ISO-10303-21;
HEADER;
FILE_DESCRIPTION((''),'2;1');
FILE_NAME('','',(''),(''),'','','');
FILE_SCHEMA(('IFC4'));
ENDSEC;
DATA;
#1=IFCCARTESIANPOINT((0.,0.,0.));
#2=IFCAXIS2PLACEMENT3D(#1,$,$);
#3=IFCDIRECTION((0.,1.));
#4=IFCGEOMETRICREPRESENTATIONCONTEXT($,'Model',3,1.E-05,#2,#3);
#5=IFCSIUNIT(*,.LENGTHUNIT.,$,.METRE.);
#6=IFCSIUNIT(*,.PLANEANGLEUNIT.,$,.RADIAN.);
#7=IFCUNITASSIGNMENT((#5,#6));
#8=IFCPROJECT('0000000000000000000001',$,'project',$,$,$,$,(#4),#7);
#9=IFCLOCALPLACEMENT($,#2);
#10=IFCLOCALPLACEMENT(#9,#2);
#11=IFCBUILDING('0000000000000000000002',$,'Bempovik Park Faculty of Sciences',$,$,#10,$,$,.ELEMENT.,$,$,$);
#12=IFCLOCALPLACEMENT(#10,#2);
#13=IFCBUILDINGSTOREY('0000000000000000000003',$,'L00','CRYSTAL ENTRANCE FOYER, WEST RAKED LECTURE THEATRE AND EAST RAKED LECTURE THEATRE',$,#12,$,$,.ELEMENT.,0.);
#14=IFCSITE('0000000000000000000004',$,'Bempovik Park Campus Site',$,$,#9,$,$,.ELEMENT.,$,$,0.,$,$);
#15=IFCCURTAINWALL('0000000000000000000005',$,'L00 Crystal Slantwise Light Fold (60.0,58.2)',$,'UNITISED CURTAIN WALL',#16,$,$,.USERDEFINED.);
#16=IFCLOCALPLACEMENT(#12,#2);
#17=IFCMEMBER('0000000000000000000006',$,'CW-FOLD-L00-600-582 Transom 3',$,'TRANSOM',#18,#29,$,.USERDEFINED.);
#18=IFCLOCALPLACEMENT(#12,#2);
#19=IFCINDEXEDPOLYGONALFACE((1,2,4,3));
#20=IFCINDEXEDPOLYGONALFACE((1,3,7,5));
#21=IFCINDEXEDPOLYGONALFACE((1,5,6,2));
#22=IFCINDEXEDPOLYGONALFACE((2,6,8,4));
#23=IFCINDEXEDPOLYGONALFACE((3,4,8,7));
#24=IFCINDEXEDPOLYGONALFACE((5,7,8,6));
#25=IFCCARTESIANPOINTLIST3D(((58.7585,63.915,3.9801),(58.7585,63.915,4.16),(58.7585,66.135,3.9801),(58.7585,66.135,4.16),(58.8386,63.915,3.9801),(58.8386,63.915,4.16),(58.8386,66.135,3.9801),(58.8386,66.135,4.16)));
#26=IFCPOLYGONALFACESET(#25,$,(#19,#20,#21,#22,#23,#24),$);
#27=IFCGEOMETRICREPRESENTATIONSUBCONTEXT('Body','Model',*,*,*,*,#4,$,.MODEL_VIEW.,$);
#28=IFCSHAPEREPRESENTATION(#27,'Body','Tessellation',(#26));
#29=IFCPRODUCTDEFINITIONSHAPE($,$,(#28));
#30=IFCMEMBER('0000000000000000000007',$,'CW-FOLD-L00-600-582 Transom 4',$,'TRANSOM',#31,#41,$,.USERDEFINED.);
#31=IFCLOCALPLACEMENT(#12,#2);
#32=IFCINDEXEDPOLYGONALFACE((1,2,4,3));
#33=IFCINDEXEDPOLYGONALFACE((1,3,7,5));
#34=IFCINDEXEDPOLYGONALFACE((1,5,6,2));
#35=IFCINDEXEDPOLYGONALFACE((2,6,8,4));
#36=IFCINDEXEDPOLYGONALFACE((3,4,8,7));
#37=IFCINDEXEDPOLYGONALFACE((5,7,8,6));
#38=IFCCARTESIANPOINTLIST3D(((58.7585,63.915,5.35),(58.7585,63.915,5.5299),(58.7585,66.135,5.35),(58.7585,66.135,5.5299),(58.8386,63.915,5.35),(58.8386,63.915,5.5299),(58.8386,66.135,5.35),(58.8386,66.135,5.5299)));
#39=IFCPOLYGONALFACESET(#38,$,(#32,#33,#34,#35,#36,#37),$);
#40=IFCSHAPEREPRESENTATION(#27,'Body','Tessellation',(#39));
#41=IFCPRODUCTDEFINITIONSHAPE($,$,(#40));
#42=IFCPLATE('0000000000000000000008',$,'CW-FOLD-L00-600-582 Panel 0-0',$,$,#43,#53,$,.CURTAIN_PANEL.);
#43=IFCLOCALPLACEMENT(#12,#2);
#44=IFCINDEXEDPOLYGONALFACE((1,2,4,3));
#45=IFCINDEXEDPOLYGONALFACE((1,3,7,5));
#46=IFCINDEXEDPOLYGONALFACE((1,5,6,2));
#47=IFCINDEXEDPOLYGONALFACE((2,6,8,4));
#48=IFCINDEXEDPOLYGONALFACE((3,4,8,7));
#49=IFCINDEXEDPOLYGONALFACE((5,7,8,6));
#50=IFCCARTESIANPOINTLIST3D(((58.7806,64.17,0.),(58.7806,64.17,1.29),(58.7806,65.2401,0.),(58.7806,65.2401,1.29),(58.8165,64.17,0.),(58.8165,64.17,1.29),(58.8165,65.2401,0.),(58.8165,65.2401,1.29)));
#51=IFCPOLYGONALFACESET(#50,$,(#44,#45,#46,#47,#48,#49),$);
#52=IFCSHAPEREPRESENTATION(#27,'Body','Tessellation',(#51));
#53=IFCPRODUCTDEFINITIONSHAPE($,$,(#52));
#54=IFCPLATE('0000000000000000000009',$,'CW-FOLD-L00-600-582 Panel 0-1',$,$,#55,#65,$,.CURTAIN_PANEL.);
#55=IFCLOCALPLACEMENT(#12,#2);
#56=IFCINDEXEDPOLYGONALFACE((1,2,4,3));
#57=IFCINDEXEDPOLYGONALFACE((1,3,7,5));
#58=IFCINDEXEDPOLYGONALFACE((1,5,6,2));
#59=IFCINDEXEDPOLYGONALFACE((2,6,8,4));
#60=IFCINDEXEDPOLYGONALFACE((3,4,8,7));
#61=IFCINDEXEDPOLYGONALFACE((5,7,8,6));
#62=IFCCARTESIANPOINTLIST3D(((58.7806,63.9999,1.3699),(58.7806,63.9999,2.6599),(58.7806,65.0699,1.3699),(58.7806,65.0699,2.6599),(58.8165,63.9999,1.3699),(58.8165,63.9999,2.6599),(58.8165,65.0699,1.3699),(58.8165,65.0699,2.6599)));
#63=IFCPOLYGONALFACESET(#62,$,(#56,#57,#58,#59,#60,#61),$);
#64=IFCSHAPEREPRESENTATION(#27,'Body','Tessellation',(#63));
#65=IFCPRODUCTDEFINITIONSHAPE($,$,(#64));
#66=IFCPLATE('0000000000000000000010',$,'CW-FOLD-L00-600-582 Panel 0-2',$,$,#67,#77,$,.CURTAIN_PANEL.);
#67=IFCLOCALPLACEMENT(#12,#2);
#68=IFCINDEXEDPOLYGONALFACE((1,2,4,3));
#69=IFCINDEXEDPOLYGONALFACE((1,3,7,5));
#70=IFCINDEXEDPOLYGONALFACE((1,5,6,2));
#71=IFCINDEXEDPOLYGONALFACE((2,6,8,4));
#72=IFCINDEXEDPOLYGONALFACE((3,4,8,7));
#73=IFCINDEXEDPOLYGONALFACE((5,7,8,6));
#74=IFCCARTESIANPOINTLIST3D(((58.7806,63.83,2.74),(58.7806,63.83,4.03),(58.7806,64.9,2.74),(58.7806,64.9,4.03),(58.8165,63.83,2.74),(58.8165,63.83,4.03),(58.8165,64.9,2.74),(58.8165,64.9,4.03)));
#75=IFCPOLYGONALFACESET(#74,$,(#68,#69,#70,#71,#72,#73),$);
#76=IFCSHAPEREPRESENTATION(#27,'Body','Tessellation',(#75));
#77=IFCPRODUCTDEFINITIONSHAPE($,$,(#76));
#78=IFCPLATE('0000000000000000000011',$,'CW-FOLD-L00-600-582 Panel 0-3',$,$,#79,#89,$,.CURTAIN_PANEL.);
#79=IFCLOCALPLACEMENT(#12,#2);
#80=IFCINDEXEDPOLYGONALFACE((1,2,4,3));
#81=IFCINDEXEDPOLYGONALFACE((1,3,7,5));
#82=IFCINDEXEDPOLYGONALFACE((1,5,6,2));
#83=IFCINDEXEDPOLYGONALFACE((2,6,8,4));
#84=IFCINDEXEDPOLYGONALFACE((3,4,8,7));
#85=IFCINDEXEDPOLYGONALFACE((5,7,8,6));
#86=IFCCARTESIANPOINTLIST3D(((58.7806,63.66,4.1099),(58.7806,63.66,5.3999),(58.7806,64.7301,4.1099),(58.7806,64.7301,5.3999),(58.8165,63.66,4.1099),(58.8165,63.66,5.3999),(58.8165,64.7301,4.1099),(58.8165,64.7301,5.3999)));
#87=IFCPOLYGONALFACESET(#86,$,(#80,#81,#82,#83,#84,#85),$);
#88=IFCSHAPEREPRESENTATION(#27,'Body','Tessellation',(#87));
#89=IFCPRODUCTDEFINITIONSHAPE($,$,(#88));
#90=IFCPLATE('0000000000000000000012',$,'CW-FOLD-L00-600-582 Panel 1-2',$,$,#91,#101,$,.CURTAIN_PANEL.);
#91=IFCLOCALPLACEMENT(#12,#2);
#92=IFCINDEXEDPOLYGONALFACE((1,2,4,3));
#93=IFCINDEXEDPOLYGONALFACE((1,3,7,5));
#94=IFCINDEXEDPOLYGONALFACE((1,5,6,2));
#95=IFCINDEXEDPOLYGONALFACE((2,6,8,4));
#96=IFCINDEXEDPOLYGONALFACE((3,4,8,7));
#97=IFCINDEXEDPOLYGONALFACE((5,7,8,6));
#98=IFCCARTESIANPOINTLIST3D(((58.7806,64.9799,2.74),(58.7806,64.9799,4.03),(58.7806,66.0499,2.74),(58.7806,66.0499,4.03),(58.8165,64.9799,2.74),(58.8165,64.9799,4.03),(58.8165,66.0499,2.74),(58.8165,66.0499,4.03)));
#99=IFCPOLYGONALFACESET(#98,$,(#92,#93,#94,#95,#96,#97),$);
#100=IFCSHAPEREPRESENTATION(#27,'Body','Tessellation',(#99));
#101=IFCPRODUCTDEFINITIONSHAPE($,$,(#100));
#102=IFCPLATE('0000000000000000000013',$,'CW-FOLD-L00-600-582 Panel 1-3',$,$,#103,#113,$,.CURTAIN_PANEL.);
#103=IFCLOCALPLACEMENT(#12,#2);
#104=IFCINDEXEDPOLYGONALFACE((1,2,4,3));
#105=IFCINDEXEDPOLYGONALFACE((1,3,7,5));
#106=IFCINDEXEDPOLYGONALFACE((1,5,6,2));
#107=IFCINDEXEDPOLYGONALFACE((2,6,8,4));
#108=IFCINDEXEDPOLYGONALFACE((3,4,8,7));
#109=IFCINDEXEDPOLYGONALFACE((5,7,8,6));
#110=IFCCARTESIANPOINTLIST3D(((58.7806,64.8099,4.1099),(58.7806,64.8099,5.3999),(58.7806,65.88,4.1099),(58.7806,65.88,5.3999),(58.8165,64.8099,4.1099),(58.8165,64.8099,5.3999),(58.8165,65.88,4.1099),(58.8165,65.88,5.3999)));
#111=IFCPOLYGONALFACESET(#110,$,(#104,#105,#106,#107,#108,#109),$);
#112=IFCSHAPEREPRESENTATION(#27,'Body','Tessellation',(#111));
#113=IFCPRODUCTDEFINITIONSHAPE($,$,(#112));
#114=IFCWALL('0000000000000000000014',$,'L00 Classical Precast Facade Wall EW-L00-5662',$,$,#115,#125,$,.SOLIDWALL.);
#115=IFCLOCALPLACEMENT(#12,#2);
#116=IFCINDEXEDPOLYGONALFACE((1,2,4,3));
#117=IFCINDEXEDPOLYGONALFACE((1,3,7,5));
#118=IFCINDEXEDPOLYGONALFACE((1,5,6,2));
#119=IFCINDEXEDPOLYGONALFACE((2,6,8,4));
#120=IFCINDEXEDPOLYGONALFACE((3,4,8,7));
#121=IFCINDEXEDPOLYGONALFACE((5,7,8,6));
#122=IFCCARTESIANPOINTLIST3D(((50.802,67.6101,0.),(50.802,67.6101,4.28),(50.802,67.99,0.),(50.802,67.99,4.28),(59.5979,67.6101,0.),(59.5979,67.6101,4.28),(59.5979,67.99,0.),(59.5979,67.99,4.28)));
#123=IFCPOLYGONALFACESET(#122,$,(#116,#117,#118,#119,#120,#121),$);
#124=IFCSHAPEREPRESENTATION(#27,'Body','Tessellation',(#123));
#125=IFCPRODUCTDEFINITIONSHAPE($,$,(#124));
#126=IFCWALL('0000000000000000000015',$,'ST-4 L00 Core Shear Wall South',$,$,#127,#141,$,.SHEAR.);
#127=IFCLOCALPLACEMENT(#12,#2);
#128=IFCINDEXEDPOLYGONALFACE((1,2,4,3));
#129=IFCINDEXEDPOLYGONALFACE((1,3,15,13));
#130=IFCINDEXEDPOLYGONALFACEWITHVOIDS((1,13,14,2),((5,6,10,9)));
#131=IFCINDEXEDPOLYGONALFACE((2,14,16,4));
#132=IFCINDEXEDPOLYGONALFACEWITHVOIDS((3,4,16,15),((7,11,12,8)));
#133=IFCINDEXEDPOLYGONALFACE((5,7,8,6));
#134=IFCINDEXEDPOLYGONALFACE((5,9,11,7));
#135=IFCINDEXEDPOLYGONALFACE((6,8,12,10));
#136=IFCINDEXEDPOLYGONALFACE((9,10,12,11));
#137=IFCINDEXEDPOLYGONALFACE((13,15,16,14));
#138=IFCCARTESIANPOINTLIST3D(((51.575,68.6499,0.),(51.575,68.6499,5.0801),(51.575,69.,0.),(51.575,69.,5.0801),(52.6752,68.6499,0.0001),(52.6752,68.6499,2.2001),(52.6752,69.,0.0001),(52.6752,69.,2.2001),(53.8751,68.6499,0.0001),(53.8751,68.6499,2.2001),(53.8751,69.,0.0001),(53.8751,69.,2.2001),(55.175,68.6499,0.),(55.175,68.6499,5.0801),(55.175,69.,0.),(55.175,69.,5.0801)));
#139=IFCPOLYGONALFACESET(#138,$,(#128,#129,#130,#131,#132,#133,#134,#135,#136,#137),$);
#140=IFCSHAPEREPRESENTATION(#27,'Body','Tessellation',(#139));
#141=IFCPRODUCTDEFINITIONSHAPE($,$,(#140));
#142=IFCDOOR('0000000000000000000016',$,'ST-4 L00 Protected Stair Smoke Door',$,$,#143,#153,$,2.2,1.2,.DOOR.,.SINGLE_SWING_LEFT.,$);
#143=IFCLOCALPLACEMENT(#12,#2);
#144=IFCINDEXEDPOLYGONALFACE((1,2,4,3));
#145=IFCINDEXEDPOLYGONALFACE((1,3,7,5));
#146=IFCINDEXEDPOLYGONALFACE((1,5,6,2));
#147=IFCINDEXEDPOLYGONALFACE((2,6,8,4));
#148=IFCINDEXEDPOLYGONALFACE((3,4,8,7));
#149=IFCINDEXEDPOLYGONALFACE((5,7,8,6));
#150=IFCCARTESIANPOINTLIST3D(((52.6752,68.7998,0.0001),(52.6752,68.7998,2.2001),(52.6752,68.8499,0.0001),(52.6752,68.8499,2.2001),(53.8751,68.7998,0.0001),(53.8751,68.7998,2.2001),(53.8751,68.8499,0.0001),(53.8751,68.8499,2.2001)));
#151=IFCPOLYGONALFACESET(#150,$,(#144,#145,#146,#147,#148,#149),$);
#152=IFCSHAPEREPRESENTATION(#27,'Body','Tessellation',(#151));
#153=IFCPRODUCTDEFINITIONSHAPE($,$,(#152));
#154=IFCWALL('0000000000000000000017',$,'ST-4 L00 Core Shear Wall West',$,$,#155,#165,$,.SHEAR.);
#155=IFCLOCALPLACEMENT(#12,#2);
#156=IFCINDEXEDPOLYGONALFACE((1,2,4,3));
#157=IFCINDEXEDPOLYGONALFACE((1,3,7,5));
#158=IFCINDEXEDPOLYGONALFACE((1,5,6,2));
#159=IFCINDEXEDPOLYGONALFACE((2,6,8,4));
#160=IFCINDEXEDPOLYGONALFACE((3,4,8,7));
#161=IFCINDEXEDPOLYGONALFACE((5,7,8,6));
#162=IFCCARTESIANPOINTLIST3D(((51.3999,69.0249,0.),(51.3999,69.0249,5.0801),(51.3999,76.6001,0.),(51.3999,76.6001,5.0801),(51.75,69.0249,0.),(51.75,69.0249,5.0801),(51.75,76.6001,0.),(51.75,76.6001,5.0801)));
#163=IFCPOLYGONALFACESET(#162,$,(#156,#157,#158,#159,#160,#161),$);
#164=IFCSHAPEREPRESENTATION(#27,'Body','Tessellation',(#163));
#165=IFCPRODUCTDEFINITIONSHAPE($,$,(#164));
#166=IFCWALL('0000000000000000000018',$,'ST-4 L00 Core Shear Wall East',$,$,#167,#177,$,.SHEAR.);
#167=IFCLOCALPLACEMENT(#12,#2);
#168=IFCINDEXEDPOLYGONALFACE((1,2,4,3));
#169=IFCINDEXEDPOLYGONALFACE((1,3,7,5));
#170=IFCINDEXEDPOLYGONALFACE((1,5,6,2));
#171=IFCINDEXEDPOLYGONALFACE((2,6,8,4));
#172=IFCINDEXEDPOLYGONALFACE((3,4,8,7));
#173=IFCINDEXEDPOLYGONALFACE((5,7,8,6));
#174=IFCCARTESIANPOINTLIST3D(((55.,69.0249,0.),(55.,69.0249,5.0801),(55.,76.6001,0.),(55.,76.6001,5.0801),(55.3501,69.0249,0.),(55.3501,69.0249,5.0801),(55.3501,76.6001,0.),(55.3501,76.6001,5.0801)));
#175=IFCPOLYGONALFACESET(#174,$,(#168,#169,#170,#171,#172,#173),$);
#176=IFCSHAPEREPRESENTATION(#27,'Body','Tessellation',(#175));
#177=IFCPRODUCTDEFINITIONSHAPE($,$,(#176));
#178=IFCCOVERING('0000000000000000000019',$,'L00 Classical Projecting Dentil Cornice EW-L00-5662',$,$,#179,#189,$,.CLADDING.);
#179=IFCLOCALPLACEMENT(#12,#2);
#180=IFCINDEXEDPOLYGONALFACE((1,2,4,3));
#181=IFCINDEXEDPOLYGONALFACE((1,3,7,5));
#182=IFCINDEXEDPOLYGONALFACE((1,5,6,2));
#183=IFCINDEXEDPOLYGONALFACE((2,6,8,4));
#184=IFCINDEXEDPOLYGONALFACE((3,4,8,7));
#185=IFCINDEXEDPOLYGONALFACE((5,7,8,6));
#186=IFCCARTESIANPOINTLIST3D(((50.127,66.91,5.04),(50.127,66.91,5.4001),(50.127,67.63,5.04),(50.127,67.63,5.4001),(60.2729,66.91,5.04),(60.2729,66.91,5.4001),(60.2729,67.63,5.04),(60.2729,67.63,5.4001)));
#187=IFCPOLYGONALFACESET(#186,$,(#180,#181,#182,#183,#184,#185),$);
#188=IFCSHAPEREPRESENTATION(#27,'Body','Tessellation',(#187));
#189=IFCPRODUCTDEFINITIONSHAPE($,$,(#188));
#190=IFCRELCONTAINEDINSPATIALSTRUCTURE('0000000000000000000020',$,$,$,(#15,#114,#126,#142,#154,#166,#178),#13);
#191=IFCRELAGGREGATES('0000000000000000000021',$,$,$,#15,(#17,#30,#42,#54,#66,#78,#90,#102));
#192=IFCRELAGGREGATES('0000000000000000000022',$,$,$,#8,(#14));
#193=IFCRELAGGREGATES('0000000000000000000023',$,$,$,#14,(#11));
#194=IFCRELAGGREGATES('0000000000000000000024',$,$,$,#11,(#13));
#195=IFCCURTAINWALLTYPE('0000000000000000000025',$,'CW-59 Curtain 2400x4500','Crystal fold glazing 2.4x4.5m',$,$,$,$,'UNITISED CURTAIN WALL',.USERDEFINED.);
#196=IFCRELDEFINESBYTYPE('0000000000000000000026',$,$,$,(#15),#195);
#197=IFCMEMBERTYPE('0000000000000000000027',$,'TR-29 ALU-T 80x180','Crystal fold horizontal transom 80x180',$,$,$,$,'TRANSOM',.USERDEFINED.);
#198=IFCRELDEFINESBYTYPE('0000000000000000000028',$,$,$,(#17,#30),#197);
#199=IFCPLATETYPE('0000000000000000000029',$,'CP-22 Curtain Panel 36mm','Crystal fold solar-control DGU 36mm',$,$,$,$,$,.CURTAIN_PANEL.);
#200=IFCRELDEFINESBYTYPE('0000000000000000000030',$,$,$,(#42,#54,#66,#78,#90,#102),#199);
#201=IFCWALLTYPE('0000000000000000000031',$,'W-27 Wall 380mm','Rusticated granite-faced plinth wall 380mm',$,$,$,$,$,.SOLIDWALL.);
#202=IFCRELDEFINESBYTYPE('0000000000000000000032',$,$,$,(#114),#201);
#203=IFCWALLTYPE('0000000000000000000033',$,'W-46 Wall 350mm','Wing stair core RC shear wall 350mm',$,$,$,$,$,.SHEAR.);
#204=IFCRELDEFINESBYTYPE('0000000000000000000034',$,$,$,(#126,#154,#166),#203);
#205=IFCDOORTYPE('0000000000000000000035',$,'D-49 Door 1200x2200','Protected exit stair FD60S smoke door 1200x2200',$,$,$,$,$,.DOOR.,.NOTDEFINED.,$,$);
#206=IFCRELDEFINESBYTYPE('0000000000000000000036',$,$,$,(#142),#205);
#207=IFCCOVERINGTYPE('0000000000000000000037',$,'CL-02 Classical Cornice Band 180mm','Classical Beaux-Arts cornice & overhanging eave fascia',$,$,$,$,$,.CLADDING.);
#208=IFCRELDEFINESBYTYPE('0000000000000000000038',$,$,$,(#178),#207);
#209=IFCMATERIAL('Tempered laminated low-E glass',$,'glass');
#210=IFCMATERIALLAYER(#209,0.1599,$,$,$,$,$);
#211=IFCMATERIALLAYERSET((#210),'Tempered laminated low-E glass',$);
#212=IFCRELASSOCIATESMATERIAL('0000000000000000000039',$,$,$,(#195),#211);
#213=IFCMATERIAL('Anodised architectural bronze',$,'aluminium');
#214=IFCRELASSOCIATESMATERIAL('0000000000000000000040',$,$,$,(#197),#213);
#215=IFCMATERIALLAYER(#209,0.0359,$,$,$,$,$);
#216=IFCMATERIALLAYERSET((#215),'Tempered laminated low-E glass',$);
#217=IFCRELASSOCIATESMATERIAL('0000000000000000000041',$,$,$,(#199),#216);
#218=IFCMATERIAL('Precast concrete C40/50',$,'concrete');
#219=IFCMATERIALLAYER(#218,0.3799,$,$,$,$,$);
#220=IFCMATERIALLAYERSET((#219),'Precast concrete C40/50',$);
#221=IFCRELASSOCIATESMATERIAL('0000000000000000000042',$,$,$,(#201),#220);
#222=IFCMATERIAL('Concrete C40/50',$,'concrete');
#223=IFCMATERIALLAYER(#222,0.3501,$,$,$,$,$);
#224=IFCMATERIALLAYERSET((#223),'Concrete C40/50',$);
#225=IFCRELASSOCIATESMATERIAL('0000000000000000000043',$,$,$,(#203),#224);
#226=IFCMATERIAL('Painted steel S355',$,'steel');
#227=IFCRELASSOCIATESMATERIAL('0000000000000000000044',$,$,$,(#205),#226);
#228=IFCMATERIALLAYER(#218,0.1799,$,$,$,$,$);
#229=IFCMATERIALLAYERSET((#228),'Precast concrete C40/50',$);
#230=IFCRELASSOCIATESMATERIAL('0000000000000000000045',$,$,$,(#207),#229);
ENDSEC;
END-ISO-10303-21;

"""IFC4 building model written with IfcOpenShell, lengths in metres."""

from ifc_helpers import new_model, si_unit, direction, frame, frame_2d, origin, origin_2d, place, context, subcontext, project, spatial, rectangle, extrude, material, layer, layer_set, material_profile, profile_set, type_object, element, fill, aggregate, save


model = new_model("IFC4")

# Units and contexts
model_context = context("Model", 3, precision=1e-05, world=origin(), true_north=direction((0.0, 1.0)))
body_context = subcontext(model_context, "Body", "Model", "MODEL_VIEW")
ifc_project = project(units=[si_unit("LENGTHUNIT", "METRE"), si_unit("PLANEANGLEUNIT", "RADIAN")], contexts=[model_context])

# Site, building, storey
site_placement = place(None, origin())
site = spatial("IfcSite", under=ifc_project, at=site_placement, Name="Bempovik Park Campus Site", CompositionType="ELEMENT", RefElevation=0.0)
building_placement = place(site_placement, origin())
building = spatial("IfcBuilding", under=site, at=building_placement, Name="Bempovik Park Faculty of Sciences", CompositionType="ELEMENT")
storey_placement = place(building_placement, origin())
storey = spatial("IfcBuildingStorey", under=building, at=storey_placement, Name="L00", Description="CRYSTAL ENTRANCE FOYER, WEST RAKED LECTURE THEATRE AND EAST RAKED LECTURE THEATRE", CompositionType="ELEMENT", Elevation=0.0)

# Shared definitions
ifc_material_1 = material(Name="Concrete C40/50", Category="concrete")

# Curtain wall, members, plates
ifc_material_2 = material(Name="Tempered laminated low-E glass", Category="glass")
ifc_layer_1 = layer(ifc_material_2, 0.1599)
ifc_layer_set_1 = layer_set([ifc_layer_1], Name="Tempered laminated low-E glass")
curtain_wall_type = type_object("IfcCurtainWallType", Name="CW-59 Curtain 2400x4500", Description="Crystal fold glazing 2.4x4.5m", ElementType="UNITISED CURTAIN WALL", PredefinedType="USERDEFINED", material=ifc_layer_set_1)
curtain_wall_placement = place(storey_placement, origin())
curtain_wall = element("IfcCurtainWall", 1, at=curtain_wall_placement, inside=storey, type_object=curtain_wall_type, Name="L00 Crystal Slantwise Light Fold (60.0,58.2)", ObjectType="UNITISED CURTAIN WALL", PredefinedType="USERDEFINED")
ifc_material_3 = material(Name="Anodised architectural bronze", Category="aluminium")
ifc_material_profile_1 = material_profile(ifc_material_3, rectangle(XDim=0.0801, YDim=0.1799, at=origin_2d()), Name="ALU-T 80x180")
ifc_profile_set_1 = profile_set([ifc_material_profile_1], Name="Anodised architectural bronze")
member_type_1 = type_object("IfcMemberType", Name="TR-29 ALU-T 80x180", Description="Crystal fold horizontal transom 80x180", ElementType="TRANSOM", PredefinedType="USERDEFINED", material=ifc_profile_set_1)
member_1_placement = place(storey_placement, frame((58.7986, 63.915, 4.0701), z_axis=(0.0, 1.0, 0.0), x_axis=(-1.0, 0.0, 0.0)))
member_1 = element("IfcMember", 2, at=member_1_placement, type_object=member_type_1, Name="CW-FOLD-L00-600-582 Transom 3", ObjectType="TRANSOM", PredefinedType="USERDEFINED", context=body_context, shape_type="SweptSolid", body=[
    extrude(rectangle(XDim=0.0801, YDim=0.1799, at=origin_2d()), origin(), (0.0, 0.0, 1.0), 2.22),
])
member_2_placement = place(storey_placement, frame((58.7986, 63.915, 5.4399), z_axis=(0.0, 1.0, 0.0), x_axis=(-1.0, 0.0, 0.0)))
member_2 = element("IfcMember", 3, at=member_2_placement, type_object=member_type_1, Name="CW-FOLD-L00-600-582 Transom 4", ObjectType="TRANSOM", PredefinedType="USERDEFINED", context=body_context, shape_type="SweptSolid", body=[
    extrude(rectangle(XDim=0.0801, YDim=0.1799, at=origin_2d()), origin(), (0.0, 0.0, 1.0), 2.22),
])
ifc_layer_2 = layer(ifc_material_2, 0.0359)
ifc_layer_set_2 = layer_set([ifc_layer_2], Name="Tempered laminated low-E glass")
plate_type = type_object("IfcPlateType", Name="CP-22 Curtain Panel 36mm", Description="Crystal fold solar-control DGU 36mm", PredefinedType="CURTAIN_PANEL", material=ifc_layer_set_2)
plate_1_placement = place(storey_placement, frame((58.7986, 64.7051, 0.0), z_axis=(0.0, 0.0, 1.0), x_axis=(0.0, 1.0, 0.0)))
plate_1 = element("IfcPlate", 4, at=plate_1_placement, type_object=plate_type, Name="CW-FOLD-L00-600-582 Panel 0-0", PredefinedType="CURTAIN_PANEL", context=body_context, shape_type="SweptSolid", body=[
    extrude(rectangle(XDim=1.0701, YDim=0.0359, at=origin_2d()), origin(), (0.0, 0.0, 1.0), 1.29),
])
plate_2_placement = place(storey_placement, frame((58.7986, 64.5349, 1.3699), z_axis=(0.0, 0.0, 1.0), x_axis=(0.0, 1.0, 0.0)))
plate_2 = element("IfcPlate", 5, at=plate_2_placement, type_object=plate_type, Name="CW-FOLD-L00-600-582 Panel 0-1", PredefinedType="CURTAIN_PANEL", context=body_context, shape_type="SweptSolid", body=[
    extrude(rectangle(XDim=1.0701, YDim=0.0359, at=origin_2d()), origin(), (0.0, 0.0, 1.0), 1.29),
])
plate_3_placement = place(storey_placement, frame((58.7986, 64.365, 2.74), z_axis=(0.0, 0.0, 1.0), x_axis=(0.0, 1.0, 0.0)))
plate_3 = element("IfcPlate", 6, at=plate_3_placement, type_object=plate_type, Name="CW-FOLD-L00-600-582 Panel 0-2", PredefinedType="CURTAIN_PANEL", context=body_context, shape_type="SweptSolid", body=[
    extrude(rectangle(XDim=1.0701, YDim=0.0359, at=origin_2d()), origin(), (0.0, 0.0, 1.0), 1.29),
])
plate_4_placement = place(storey_placement, frame((58.7986, 64.1951, 4.1099), z_axis=(0.0, 0.0, 1.0), x_axis=(0.0, 1.0, 0.0)))
plate_4 = element("IfcPlate", 7, at=plate_4_placement, type_object=plate_type, Name="CW-FOLD-L00-600-582 Panel 0-3", PredefinedType="CURTAIN_PANEL", context=body_context, shape_type="SweptSolid", body=[
    extrude(rectangle(XDim=1.0701, YDim=0.0359, at=origin_2d()), origin(), (0.0, 0.0, 1.0), 1.29),
])
plate_5_placement = place(storey_placement, frame((58.7986, 65.5149, 2.74), z_axis=(0.0, 0.0, 1.0), x_axis=(0.0, 1.0, 0.0)))
plate_5 = element("IfcPlate", 8, at=plate_5_placement, type_object=plate_type, Name="CW-FOLD-L00-600-582 Panel 1-2", PredefinedType="CURTAIN_PANEL", context=body_context, shape_type="SweptSolid", body=[
    extrude(rectangle(XDim=1.0701, YDim=0.0359, at=origin_2d()), origin(), (0.0, 0.0, 1.0), 1.29),
])
plate_6_placement = place(storey_placement, frame((58.7986, 65.345, 4.1099), z_axis=(0.0, 0.0, 1.0), x_axis=(0.0, 1.0, 0.0)))
plate_6 = element("IfcPlate", 9, at=plate_6_placement, type_object=plate_type, Name="CW-FOLD-L00-600-582 Panel 1-3", PredefinedType="CURTAIN_PANEL", context=body_context, shape_type="SweptSolid", body=[
    extrude(rectangle(XDim=1.0701, YDim=0.0359, at=origin_2d()), origin(), (0.0, 0.0, 1.0), 1.29),
])
aggregate(curtain_wall, [member_1, member_2, plate_1, plate_2, plate_3, plate_4, plate_5, plate_6])

# Wall
ifc_material_4 = material(Name="Precast concrete C40/50", Category="concrete")
ifc_layer_3 = layer(ifc_material_4, 0.3799)
ifc_layer_set_3 = layer_set([ifc_layer_3], Name="Precast concrete C40/50")
wall_type_1 = type_object("IfcWallType", Name="W-27 Wall 380mm", Description="Rusticated granite-faced plinth wall 380mm", PredefinedType="SOLIDWALL", material=ifc_layer_set_3)
wall_1_placement = place(storey_placement, frame((50.802, 67.8, 0.0), z_axis=(0.0, 0.0, 1.0), x_axis=(1.0, 0.0, 0.0)))
element("IfcWall", 10, at=wall_1_placement, inside=storey, type_object=wall_type_1, Name="L00 Classical Precast Facade Wall EW-L00-5662", PredefinedType="SOLIDWALL", context=body_context, shape_type="SweptSolid", body=[
    extrude(rectangle(XDim=8.7959, YDim=0.3799, at=frame_2d((4.3979, 0.0))), origin(), (0.0, 0.0, 1.0), 4.28),
])

# Wall, opening, door
ifc_layer_4 = layer(ifc_material_1, 0.3501)
ifc_layer_set_4 = layer_set([ifc_layer_4], Name="Concrete C40/50")
wall_type_2 = type_object("IfcWallType", Name="W-46 Wall 350mm", Description="Wing stair core RC shear wall 350mm", PredefinedType="SHEAR", material=ifc_layer_set_4)
wall_2_placement = place(storey_placement, frame((51.575, 68.825, 0.0), z_axis=(0.0, 0.0, 1.0), x_axis=(1.0, 0.0, 0.0)))
wall_2 = element("IfcWall", 11, at=wall_2_placement, inside=storey, type_object=wall_type_2, Name="ST-4 L00 Core Shear Wall South", PredefinedType="SHEAR", context=body_context, shape_type="SweptSolid", body=[
    extrude(rectangle(XDim=3.6001, YDim=0.3501, at=frame_2d((1.8, 0.0))), origin(), (0.0, 0.0, 1.0), 5.0801),
])
opening_placement = place(wall_2_placement, frame((1.1001, 0.0, 0.0)))
opening = element("IfcOpeningElement", 12, at=opening_placement, cuts=wall_2, PredefinedType="OPENING", context=body_context, shape_type="SweptSolid", body=[
    extrude(rectangle(XDim=1.2, YDim=2.2, at=frame_2d((0.6001, 1.1001))), frame((0.0, 0.1851, 0.0), z_axis=(0.0, -1.0, 0.0), x_axis=(1.0, 0.0, 0.0)), (0.0, 0.0, 1.0), 0.3701),
])
ifc_material_5 = material(Name="Painted steel S355", Category="steel")
door_type = type_object("IfcDoorType", Name="D-49 Door 1200x2200", Description="Protected exit stair FD60S smoke door 1200x2200", OperationType="NOTDEFINED", PredefinedType="DOOR", material=ifc_material_5)
door_placement = place(opening_placement, origin())
door = element("IfcDoor", 13, at=door_placement, inside=storey, type_object=door_type, Name="ST-4 L00 Protected Stair Smoke Door", OperationType="SINGLE_SWING_LEFT", OverallHeight=2.2, OverallWidth=1.2, PredefinedType="DOOR", context=body_context, shape_type="SweptSolid", body=[
    extrude(rectangle(XDim=1.2, YDim=2.2, at=frame_2d((0.6001, 1.1001))), frame((0.0, 0.0249, 0.0), z_axis=(0.0, -1.0, 0.0), x_axis=(1.0, 0.0, 0.0)), (0.0, 0.0, 1.0), 0.05),
])
fill(opening, door)

# Walls
for number, where, z_axis, x_axis, name in (
    (14, (51.575, 69.0249, 0.0), (0.0, 0.0, 1.0), (0.0, 1.0, 0.0), "ST-4 L00 Core Shear Wall West"),
    (15, (55.175, 69.0249, 0.0), (0.0, 0.0, 1.0), (0.0, 1.0, 0.0), "ST-4 L00 Core Shear Wall East"),
):
    element("IfcWall", number, at=place(storey_placement, frame(where, z_axis=z_axis, x_axis=x_axis)), inside=storey, type_object=wall_type_2, Name=name, PredefinedType="SHEAR", context=body_context, shape_type="SweptSolid", body=[
        extrude(rectangle(XDim=7.5752, YDim=0.3501, at=frame_2d((3.7876, 0.0))), origin(), (0.0, 0.0, 1.0), 5.0801),
    ])

# Covering
ifc_layer_5 = layer(ifc_material_4, 0.1799)
ifc_layer_set_5 = layer_set([ifc_layer_5], Name="Precast concrete C40/50")
covering_type_1 = type_object("IfcCoveringType", Name="CL-02 Classical Cornice Band 180mm", Description="Classical Beaux-Arts cornice & overhanging eave fascia", PredefinedType="CLADDING", material=ifc_layer_set_5)
covering_1_placement = place(storey_placement, frame((55.2, 67.27, 5.04), z_axis=(0.0, 0.0, 1.0), x_axis=(1.0, 0.0, 0.0)))
element("IfcCovering", 16, at=covering_1_placement, inside=storey, type_object=covering_type_1, Name="L00 Classical Projecting Dentil Cornice EW-L00-5662", PredefinedType="CLADDING", context=body_context, shape_type="SweptSolid", body=[
    extrude(rectangle(XDim=10.146, YDim=0.72, at=origin_2d()), origin(), (0.0, 0.0, 1.0), 0.3601),
])

save(model, "model.ifc")
